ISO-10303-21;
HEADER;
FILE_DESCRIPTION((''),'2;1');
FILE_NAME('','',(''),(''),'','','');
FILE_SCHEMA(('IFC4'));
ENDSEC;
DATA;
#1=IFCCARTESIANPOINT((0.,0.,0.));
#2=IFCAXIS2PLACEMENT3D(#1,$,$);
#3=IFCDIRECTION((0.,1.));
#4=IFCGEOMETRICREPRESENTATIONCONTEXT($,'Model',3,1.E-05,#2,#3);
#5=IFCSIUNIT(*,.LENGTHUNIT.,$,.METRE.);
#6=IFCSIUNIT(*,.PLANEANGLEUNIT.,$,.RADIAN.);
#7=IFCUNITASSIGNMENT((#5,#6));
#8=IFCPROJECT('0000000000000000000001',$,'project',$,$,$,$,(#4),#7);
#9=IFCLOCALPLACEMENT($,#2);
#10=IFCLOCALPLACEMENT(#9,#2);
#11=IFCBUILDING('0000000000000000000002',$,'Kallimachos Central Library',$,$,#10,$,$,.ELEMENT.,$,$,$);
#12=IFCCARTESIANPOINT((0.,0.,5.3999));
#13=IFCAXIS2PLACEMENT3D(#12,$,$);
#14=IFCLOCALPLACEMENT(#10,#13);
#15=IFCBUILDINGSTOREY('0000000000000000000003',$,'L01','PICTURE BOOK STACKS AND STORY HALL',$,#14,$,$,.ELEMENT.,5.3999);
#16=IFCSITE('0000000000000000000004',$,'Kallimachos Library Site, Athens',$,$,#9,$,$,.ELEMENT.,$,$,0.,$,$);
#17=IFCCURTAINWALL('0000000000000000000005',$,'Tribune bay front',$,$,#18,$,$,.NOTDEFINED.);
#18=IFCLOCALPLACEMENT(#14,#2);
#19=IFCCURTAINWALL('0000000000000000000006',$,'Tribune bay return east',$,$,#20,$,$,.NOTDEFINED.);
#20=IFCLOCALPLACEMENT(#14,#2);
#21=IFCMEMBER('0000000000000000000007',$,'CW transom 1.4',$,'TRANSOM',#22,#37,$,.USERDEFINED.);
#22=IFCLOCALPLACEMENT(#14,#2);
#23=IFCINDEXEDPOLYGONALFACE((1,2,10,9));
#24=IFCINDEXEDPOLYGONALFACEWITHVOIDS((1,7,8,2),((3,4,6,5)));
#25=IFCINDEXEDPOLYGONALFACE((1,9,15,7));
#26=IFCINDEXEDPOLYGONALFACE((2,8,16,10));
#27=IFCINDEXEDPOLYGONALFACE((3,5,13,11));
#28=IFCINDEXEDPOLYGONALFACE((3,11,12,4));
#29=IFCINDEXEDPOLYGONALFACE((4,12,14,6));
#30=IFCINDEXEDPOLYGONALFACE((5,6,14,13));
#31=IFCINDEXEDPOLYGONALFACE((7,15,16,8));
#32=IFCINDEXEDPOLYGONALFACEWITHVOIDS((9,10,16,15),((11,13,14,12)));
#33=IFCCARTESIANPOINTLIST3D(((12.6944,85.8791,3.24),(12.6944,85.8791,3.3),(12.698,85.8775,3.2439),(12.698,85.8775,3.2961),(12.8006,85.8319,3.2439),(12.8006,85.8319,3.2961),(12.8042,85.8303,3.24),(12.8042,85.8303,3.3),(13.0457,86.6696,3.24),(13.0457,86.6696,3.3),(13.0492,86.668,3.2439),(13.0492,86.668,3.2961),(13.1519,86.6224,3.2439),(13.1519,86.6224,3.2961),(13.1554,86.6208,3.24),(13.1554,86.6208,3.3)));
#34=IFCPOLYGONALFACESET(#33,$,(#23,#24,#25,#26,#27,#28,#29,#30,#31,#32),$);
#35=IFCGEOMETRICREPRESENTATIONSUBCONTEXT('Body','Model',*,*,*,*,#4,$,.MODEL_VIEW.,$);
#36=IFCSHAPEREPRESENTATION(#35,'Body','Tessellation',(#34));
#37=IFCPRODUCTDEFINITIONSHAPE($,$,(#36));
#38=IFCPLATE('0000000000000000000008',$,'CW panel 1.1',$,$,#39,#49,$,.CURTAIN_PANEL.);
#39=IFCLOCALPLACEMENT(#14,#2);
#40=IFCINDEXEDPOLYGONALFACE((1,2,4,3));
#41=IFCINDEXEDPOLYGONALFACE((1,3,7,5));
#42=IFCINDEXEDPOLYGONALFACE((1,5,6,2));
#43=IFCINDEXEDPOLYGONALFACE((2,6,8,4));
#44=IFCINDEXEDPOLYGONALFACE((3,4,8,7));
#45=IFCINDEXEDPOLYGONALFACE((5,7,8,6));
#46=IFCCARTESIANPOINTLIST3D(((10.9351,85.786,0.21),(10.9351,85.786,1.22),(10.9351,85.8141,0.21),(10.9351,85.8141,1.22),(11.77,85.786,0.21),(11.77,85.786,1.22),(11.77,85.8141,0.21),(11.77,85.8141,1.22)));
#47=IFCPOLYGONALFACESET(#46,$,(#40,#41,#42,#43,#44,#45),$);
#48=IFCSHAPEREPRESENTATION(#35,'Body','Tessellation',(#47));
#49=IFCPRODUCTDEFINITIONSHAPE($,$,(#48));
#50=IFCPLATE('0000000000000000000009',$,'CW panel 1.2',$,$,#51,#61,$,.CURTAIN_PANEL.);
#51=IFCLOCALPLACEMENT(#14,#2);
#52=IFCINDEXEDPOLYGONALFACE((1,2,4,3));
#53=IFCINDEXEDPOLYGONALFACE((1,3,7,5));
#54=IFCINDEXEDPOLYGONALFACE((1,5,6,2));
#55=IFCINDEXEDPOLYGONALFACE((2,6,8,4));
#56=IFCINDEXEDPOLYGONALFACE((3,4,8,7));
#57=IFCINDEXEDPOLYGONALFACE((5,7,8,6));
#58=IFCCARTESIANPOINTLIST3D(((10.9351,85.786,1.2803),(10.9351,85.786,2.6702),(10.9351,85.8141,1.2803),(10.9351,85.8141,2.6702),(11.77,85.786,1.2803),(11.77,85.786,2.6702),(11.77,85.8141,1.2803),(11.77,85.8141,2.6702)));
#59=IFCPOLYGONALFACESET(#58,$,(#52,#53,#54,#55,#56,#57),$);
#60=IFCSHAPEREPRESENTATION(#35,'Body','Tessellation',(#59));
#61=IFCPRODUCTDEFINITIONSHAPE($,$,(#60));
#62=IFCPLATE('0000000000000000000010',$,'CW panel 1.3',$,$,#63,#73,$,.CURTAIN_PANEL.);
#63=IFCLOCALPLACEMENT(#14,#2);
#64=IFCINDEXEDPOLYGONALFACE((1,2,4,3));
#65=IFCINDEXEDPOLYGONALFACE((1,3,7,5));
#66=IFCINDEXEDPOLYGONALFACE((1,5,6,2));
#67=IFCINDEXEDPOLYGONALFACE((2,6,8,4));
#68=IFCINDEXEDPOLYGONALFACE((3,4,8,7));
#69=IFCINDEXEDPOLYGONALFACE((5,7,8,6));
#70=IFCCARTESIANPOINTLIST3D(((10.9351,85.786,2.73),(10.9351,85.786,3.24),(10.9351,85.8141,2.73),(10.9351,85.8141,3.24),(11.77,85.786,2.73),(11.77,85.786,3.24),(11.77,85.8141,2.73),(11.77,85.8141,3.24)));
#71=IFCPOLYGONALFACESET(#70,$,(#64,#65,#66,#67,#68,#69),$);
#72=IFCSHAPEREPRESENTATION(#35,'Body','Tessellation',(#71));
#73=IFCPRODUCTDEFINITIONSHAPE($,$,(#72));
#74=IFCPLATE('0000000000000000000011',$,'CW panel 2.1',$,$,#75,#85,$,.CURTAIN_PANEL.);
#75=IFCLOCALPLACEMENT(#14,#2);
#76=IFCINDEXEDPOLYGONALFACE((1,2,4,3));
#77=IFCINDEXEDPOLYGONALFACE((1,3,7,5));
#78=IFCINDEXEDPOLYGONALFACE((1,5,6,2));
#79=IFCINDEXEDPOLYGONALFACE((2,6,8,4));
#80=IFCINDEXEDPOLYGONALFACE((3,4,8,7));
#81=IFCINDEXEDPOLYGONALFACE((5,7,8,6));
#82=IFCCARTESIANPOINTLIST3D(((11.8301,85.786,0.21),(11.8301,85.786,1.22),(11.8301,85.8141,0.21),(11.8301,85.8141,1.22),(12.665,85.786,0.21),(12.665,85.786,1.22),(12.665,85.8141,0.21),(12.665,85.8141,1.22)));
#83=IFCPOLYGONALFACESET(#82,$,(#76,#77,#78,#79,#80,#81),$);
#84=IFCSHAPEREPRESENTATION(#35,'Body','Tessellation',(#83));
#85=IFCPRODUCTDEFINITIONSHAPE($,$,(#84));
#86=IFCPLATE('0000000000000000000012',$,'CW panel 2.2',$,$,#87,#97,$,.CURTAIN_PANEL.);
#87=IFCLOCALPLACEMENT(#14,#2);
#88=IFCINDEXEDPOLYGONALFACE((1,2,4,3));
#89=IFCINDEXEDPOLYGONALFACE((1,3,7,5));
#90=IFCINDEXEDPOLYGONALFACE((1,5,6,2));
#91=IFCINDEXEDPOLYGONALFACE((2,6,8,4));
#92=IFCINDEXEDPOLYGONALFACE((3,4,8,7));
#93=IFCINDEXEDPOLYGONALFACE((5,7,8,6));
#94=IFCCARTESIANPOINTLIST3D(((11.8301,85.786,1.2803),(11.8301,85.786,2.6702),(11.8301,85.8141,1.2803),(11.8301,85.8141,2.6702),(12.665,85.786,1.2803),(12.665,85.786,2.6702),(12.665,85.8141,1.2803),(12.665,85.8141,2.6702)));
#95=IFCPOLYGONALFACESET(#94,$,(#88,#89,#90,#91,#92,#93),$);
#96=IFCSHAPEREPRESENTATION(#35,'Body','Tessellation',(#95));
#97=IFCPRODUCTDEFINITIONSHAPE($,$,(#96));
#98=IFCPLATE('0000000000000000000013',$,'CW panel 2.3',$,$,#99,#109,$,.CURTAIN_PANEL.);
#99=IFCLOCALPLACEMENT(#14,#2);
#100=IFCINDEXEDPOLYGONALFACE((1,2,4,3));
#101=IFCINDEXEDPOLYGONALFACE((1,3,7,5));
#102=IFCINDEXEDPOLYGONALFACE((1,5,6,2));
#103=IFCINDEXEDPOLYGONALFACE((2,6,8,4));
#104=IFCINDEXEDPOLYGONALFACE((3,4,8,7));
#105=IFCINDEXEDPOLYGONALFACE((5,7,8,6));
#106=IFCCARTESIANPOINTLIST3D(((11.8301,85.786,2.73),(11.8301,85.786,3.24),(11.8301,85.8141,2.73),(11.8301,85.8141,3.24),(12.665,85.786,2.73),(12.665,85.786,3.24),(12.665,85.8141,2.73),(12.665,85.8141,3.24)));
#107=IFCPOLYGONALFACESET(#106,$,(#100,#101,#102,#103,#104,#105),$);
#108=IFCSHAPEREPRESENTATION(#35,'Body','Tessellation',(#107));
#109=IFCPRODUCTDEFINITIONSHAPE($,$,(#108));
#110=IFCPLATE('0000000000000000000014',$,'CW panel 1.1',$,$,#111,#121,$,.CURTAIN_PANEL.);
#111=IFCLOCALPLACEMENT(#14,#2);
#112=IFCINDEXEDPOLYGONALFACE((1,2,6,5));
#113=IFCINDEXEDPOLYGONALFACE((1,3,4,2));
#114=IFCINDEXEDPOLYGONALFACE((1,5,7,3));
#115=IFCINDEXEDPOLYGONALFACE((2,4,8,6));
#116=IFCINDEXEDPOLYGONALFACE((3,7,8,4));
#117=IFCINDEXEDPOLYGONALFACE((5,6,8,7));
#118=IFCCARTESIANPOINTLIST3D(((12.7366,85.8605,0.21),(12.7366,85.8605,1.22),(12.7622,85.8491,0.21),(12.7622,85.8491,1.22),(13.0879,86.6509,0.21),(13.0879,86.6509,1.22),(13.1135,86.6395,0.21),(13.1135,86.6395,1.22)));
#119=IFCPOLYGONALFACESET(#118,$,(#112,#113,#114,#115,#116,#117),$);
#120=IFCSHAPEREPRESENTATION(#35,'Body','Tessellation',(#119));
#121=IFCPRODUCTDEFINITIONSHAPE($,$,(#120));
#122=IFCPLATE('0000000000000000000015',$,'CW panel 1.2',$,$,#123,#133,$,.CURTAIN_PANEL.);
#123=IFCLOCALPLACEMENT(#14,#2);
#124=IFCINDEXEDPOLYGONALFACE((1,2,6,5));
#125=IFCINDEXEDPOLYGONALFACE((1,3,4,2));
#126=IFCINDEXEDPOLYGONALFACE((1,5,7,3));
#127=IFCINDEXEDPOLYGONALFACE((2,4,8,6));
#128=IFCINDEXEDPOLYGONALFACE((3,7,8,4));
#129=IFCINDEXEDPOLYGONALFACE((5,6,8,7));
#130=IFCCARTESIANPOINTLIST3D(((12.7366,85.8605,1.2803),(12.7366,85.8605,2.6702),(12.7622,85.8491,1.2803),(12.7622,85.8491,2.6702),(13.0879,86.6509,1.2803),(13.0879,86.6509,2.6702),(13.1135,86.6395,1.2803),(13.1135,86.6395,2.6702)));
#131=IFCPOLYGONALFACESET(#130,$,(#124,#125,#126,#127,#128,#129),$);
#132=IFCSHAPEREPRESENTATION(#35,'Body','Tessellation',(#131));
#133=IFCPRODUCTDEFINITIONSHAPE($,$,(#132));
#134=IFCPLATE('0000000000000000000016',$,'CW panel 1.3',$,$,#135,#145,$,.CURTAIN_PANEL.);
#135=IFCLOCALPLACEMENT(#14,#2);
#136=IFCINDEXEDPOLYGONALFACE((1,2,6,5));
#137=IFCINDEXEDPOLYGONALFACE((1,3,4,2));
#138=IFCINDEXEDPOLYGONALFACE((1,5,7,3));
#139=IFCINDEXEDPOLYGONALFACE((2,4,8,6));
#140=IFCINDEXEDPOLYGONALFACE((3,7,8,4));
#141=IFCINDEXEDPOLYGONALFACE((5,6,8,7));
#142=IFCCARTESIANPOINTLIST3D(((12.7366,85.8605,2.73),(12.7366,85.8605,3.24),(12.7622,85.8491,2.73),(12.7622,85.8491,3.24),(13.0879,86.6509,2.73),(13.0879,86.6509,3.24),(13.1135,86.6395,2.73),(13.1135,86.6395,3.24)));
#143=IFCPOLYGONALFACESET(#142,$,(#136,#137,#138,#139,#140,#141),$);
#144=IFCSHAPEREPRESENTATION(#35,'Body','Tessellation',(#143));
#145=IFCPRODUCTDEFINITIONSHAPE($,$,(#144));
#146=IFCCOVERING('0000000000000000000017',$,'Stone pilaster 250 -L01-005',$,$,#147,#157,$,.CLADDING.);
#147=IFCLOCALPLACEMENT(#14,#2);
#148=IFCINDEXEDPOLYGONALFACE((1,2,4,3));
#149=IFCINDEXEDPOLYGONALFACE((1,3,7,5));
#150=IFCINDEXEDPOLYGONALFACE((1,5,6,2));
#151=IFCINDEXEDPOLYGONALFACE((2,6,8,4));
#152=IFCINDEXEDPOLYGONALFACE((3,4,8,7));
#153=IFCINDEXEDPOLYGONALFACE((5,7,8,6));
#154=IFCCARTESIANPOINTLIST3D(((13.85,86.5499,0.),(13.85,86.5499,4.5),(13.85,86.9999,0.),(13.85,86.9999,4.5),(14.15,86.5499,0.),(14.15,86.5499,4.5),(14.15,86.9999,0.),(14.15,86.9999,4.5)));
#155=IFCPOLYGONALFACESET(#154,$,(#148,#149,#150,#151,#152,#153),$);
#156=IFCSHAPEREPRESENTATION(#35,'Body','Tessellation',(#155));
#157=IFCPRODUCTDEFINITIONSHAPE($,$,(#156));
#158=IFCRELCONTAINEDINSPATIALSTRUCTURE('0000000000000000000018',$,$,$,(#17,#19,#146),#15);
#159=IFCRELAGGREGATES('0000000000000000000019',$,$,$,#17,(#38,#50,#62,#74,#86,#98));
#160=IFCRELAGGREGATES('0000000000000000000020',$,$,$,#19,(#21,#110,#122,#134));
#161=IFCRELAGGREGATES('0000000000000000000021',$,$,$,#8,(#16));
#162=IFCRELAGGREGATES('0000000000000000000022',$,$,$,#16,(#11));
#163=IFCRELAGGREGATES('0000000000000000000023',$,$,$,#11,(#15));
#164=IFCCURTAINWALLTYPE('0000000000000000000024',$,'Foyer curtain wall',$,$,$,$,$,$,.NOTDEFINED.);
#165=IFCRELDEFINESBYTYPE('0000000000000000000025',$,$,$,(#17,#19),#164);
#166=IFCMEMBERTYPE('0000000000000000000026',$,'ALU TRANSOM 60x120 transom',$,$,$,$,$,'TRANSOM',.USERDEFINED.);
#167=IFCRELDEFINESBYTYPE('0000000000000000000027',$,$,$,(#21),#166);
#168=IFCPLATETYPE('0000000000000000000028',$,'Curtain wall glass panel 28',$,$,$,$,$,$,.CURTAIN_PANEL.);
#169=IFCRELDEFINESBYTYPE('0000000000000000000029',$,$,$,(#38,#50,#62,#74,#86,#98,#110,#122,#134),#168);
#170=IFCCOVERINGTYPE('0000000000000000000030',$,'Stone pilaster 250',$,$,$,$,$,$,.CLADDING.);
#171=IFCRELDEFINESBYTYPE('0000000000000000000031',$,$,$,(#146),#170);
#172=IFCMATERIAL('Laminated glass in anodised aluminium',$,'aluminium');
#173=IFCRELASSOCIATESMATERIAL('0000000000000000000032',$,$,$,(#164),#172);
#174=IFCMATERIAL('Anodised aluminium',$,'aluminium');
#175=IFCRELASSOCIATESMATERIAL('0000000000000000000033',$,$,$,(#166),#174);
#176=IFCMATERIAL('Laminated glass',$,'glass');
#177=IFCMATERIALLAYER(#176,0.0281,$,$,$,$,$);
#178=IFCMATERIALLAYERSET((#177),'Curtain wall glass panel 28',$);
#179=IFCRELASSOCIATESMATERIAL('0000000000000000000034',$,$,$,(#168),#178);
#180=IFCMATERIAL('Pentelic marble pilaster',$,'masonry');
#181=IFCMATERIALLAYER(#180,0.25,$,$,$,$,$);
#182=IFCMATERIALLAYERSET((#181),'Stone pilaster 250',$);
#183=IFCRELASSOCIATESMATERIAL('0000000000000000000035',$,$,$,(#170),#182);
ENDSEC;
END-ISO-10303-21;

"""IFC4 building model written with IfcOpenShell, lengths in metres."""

from ifc_helpers import new_model, si_unit, direction, frame, origin, origin_2d, place, context, subcontext, project, spatial, rectangle, hollow_rectangle, extrude, material, layer, layer_set, material_profile, profile_set, type_object, element, aggregate, save


model = new_model("IFC4")

# Units and contexts
model_context = context("Model", 3, precision=1e-05, world=origin(), true_north=direction((0.0, 1.0)))
body_context = subcontext(model_context, "Body", "Model", "MODEL_VIEW")
ifc_project = project(units=[si_unit("LENGTHUNIT", "METRE"), si_unit("PLANEANGLEUNIT", "RADIAN")], contexts=[model_context])

# Site, building, storey
site_placement = place(None, origin())
site = spatial("IfcSite", under=ifc_project, at=site_placement, Name="Kallimachos Library Site, Athens", CompositionType="ELEMENT", RefElevation=0.0)
building_placement = place(site_placement, origin())
building = spatial("IfcBuilding", under=site, at=building_placement, Name="Kallimachos Central Library", CompositionType="ELEMENT")
storey_placement = place(building_placement, frame((0.0, 0.0, 5.3999)))
storey = spatial("IfcBuildingStorey", under=building, at=storey_placement, Name="L01", Description="PICTURE BOOK STACKS AND STORY HALL", CompositionType="ELEMENT", Elevation=5.3999)

# Curtain walls
ifc_material_1 = material(Name="Laminated glass in anodised aluminium", Category="aluminium")
curtain_wall_type = type_object("IfcCurtainWallType", Name="Foyer curtain wall", PredefinedType="NOTDEFINED", material=ifc_material_1)
curtain_wall_1_placement = place(storey_placement, origin())
curtain_wall_1 = element("IfcCurtainWall", 1, at=curtain_wall_1_placement, inside=storey, type_object=curtain_wall_type, Name="Tribune bay front", PredefinedType="NOTDEFINED")
curtain_wall_2_placement = place(storey_placement, origin())
curtain_wall_2 = element("IfcCurtainWall", 2, at=curtain_wall_2_placement, inside=storey, type_object=curtain_wall_type, Name="Tribune bay return east", PredefinedType="NOTDEFINED")

# Member
ifc_material_2 = material(Name="Anodised aluminium", Category="aluminium")
ifc_material_profile_1 = material_profile(ifc_material_2, hollow_rectangle(XDim=0.0601, YDim=0.1201, WallThickness=0.0039, at=origin_2d()), Name="ALU TRANSOM 60x120")
ifc_profile_set_1 = profile_set([ifc_material_profile_1], Name="Anodised aluminium")
member_type_1 = type_object("IfcMemberType", Name="ALU TRANSOM 60x120 transom", ElementType="TRANSOM", PredefinedType="USERDEFINED", material=ifc_profile_set_1)
member_1_placement = place(storey_placement, frame((12.7493, 85.8547, 3.27), z_axis=(0.406112, 0.913823, 0.0), x_axis=(0.0, 0.0, 1.0)))
member_1 = element("IfcMember", 3, at=member_1_placement, type_object=member_type_1, Name="CW transom 1.4", ObjectType="TRANSOM", PredefinedType="USERDEFINED", context=body_context, shape_type="SweptSolid", body=[
    extrude(hollow_rectangle(XDim=0.0601, YDim=0.1201, WallThickness=0.0039, at=origin_2d()), origin(), (0.0, 0.0, 1.0), 0.865),
])

# Plates
ifc_material_3 = material(Name="Laminated glass", Category="glass")
ifc_layer_1 = layer(ifc_material_3, 0.0281)
ifc_layer_set_1 = layer_set([ifc_layer_1], Name="Curtain wall glass panel 28")
plate_type = type_object("IfcPlateType", Name="Curtain wall glass panel 28", PredefinedType="CURTAIN_PANEL", material=ifc_layer_set_1)
plate_1_placement = place(storey_placement, frame((11.3525, 85.8, 0.21), z_axis=(0.0, 0.0, 1.0), x_axis=(1.0, 0.0, 0.0)))
plate_1 = element("IfcPlate", 4, at=plate_1_placement, type_object=plate_type, Name="CW panel 1.1", PredefinedType="CURTAIN_PANEL", context=body_context, shape_type="SweptSolid", body=[
    extrude(rectangle(XDim=0.835, YDim=0.0281, at=origin_2d()), origin(), (0.0, 0.0, 1.0), 1.01),
])
plate_2_placement = place(storey_placement, frame((11.3525, 85.8, 1.2803), z_axis=(0.0, 0.0, 1.0), x_axis=(1.0, 0.0, 0.0)))
plate_2 = element("IfcPlate", 5, at=plate_2_placement, type_object=plate_type, Name="CW panel 1.2", PredefinedType="CURTAIN_PANEL", context=body_context, shape_type="SweptSolid", body=[
    extrude(rectangle(XDim=0.835, YDim=0.0281, at=origin_2d()), origin(), (0.0, 0.0, 1.0), 1.3899),
])
plate_3_placement = place(storey_placement, frame((11.3525, 85.8, 2.73), z_axis=(0.0, 0.0, 1.0), x_axis=(1.0, 0.0, 0.0)))
plate_3 = element("IfcPlate", 6, at=plate_3_placement, type_object=plate_type, Name="CW panel 1.3", PredefinedType="CURTAIN_PANEL", context=body_context, shape_type="SweptSolid", body=[
    extrude(rectangle(XDim=0.835, YDim=0.0281, at=origin_2d()), origin(), (0.0, 0.0, 1.0), 0.51),
])
plate_4_placement = place(storey_placement, frame((12.2476, 85.8, 0.21), z_axis=(0.0, 0.0, 1.0), x_axis=(1.0, 0.0, 0.0)))
plate_4 = element("IfcPlate", 7, at=plate_4_placement, type_object=plate_type, Name="CW panel 2.1", PredefinedType="CURTAIN_PANEL", context=body_context, shape_type="SweptSolid", body=[
    extrude(rectangle(XDim=0.835, YDim=0.0281, at=origin_2d()), origin(), (0.0, 0.0, 1.0), 1.01),
])
plate_5_placement = place(storey_placement, frame((12.2476, 85.8, 1.2803), z_axis=(0.0, 0.0, 1.0), x_axis=(1.0, 0.0, 0.0)))
plate_5 = element("IfcPlate", 8, at=plate_5_placement, type_object=plate_type, Name="CW panel 2.2", PredefinedType="CURTAIN_PANEL", context=body_context, shape_type="SweptSolid", body=[
    extrude(rectangle(XDim=0.835, YDim=0.0281, at=origin_2d()), origin(), (0.0, 0.0, 1.0), 1.3899),
])
plate_6_placement = place(storey_placement, frame((12.2476, 85.8, 2.73), z_axis=(0.0, 0.0, 1.0), x_axis=(1.0, 0.0, 0.0)))
plate_6 = element("IfcPlate", 9, at=plate_6_placement, type_object=plate_type, Name="CW panel 2.3", PredefinedType="CURTAIN_PANEL", context=body_context, shape_type="SweptSolid", body=[
    extrude(rectangle(XDim=0.835, YDim=0.0281, at=origin_2d()), origin(), (0.0, 0.0, 1.0), 0.51),
])
aggregate(curtain_wall_1, [plate_1, plate_2, plate_3, plate_4, plate_5, plate_6])
plate_7_placement = place(storey_placement, frame((12.925, 86.25, 0.21), z_axis=(0.0, 0.0, 1.0), x_axis=(0.406138, 0.913812, 0.0)))
plate_7 = element("IfcPlate", 10, at=plate_7_placement, type_object=plate_type, Name="CW panel 1.1", PredefinedType="CURTAIN_PANEL", context=body_context, shape_type="SweptSolid", body=[
    extrude(rectangle(XDim=0.865, YDim=0.0281, at=origin_2d()), origin(), (0.0, 0.0, 1.0), 1.01),
])
plate_8_placement = place(storey_placement, frame((12.925, 86.25, 1.2803), z_axis=(0.0, 0.0, 1.0), x_axis=(0.406138, 0.913812, 0.0)))
plate_8 = element("IfcPlate", 11, at=plate_8_placement, type_object=plate_type, Name="CW panel 1.2", PredefinedType="CURTAIN_PANEL", context=body_context, shape_type="SweptSolid", body=[
    extrude(rectangle(XDim=0.865, YDim=0.0281, at=origin_2d()), origin(), (0.0, 0.0, 1.0), 1.3899),
])
plate_9_placement = place(storey_placement, frame((12.925, 86.25, 2.73), z_axis=(0.0, 0.0, 1.0), x_axis=(0.406138, 0.913812, 0.0)))
plate_9 = element("IfcPlate", 12, at=plate_9_placement, type_object=plate_type, Name="CW panel 1.3", PredefinedType="CURTAIN_PANEL", context=body_context, shape_type="SweptSolid", body=[
    extrude(rectangle(XDim=0.865, YDim=0.0281, at=origin_2d()), origin(), (0.0, 0.0, 1.0), 0.51),
])
aggregate(curtain_wall_2, [member_1, plate_7, plate_8, plate_9])

# Covering
ifc_material_4 = material(Name="Pentelic marble pilaster", Category="masonry")
ifc_layer_2 = layer(ifc_material_4, 0.25)
ifc_layer_set_2 = layer_set([ifc_layer_2], Name="Stone pilaster 250")
covering_type = type_object("IfcCoveringType", Name="Stone pilaster 250", PredefinedType="CLADDING", material=ifc_layer_set_2)
covering_placement = place(storey_placement, frame((14.0, 86.7749, 0.0), z_axis=(0.0, 0.0, 1.0), x_axis=(1.0, 0.0, 0.0)))
element("IfcCovering", 13, at=covering_placement, inside=storey, type_object=covering_type, Name="Stone pilaster 250 -L01-005", PredefinedType="CLADDING", context=body_context, shape_type="SweptSolid", body=[
    extrude(rectangle(XDim=0.3, YDim=0.45, at=origin_2d()), origin(), (0.0, 0.0, 1.0), 4.5),
])

save(model, "model.ifc")
